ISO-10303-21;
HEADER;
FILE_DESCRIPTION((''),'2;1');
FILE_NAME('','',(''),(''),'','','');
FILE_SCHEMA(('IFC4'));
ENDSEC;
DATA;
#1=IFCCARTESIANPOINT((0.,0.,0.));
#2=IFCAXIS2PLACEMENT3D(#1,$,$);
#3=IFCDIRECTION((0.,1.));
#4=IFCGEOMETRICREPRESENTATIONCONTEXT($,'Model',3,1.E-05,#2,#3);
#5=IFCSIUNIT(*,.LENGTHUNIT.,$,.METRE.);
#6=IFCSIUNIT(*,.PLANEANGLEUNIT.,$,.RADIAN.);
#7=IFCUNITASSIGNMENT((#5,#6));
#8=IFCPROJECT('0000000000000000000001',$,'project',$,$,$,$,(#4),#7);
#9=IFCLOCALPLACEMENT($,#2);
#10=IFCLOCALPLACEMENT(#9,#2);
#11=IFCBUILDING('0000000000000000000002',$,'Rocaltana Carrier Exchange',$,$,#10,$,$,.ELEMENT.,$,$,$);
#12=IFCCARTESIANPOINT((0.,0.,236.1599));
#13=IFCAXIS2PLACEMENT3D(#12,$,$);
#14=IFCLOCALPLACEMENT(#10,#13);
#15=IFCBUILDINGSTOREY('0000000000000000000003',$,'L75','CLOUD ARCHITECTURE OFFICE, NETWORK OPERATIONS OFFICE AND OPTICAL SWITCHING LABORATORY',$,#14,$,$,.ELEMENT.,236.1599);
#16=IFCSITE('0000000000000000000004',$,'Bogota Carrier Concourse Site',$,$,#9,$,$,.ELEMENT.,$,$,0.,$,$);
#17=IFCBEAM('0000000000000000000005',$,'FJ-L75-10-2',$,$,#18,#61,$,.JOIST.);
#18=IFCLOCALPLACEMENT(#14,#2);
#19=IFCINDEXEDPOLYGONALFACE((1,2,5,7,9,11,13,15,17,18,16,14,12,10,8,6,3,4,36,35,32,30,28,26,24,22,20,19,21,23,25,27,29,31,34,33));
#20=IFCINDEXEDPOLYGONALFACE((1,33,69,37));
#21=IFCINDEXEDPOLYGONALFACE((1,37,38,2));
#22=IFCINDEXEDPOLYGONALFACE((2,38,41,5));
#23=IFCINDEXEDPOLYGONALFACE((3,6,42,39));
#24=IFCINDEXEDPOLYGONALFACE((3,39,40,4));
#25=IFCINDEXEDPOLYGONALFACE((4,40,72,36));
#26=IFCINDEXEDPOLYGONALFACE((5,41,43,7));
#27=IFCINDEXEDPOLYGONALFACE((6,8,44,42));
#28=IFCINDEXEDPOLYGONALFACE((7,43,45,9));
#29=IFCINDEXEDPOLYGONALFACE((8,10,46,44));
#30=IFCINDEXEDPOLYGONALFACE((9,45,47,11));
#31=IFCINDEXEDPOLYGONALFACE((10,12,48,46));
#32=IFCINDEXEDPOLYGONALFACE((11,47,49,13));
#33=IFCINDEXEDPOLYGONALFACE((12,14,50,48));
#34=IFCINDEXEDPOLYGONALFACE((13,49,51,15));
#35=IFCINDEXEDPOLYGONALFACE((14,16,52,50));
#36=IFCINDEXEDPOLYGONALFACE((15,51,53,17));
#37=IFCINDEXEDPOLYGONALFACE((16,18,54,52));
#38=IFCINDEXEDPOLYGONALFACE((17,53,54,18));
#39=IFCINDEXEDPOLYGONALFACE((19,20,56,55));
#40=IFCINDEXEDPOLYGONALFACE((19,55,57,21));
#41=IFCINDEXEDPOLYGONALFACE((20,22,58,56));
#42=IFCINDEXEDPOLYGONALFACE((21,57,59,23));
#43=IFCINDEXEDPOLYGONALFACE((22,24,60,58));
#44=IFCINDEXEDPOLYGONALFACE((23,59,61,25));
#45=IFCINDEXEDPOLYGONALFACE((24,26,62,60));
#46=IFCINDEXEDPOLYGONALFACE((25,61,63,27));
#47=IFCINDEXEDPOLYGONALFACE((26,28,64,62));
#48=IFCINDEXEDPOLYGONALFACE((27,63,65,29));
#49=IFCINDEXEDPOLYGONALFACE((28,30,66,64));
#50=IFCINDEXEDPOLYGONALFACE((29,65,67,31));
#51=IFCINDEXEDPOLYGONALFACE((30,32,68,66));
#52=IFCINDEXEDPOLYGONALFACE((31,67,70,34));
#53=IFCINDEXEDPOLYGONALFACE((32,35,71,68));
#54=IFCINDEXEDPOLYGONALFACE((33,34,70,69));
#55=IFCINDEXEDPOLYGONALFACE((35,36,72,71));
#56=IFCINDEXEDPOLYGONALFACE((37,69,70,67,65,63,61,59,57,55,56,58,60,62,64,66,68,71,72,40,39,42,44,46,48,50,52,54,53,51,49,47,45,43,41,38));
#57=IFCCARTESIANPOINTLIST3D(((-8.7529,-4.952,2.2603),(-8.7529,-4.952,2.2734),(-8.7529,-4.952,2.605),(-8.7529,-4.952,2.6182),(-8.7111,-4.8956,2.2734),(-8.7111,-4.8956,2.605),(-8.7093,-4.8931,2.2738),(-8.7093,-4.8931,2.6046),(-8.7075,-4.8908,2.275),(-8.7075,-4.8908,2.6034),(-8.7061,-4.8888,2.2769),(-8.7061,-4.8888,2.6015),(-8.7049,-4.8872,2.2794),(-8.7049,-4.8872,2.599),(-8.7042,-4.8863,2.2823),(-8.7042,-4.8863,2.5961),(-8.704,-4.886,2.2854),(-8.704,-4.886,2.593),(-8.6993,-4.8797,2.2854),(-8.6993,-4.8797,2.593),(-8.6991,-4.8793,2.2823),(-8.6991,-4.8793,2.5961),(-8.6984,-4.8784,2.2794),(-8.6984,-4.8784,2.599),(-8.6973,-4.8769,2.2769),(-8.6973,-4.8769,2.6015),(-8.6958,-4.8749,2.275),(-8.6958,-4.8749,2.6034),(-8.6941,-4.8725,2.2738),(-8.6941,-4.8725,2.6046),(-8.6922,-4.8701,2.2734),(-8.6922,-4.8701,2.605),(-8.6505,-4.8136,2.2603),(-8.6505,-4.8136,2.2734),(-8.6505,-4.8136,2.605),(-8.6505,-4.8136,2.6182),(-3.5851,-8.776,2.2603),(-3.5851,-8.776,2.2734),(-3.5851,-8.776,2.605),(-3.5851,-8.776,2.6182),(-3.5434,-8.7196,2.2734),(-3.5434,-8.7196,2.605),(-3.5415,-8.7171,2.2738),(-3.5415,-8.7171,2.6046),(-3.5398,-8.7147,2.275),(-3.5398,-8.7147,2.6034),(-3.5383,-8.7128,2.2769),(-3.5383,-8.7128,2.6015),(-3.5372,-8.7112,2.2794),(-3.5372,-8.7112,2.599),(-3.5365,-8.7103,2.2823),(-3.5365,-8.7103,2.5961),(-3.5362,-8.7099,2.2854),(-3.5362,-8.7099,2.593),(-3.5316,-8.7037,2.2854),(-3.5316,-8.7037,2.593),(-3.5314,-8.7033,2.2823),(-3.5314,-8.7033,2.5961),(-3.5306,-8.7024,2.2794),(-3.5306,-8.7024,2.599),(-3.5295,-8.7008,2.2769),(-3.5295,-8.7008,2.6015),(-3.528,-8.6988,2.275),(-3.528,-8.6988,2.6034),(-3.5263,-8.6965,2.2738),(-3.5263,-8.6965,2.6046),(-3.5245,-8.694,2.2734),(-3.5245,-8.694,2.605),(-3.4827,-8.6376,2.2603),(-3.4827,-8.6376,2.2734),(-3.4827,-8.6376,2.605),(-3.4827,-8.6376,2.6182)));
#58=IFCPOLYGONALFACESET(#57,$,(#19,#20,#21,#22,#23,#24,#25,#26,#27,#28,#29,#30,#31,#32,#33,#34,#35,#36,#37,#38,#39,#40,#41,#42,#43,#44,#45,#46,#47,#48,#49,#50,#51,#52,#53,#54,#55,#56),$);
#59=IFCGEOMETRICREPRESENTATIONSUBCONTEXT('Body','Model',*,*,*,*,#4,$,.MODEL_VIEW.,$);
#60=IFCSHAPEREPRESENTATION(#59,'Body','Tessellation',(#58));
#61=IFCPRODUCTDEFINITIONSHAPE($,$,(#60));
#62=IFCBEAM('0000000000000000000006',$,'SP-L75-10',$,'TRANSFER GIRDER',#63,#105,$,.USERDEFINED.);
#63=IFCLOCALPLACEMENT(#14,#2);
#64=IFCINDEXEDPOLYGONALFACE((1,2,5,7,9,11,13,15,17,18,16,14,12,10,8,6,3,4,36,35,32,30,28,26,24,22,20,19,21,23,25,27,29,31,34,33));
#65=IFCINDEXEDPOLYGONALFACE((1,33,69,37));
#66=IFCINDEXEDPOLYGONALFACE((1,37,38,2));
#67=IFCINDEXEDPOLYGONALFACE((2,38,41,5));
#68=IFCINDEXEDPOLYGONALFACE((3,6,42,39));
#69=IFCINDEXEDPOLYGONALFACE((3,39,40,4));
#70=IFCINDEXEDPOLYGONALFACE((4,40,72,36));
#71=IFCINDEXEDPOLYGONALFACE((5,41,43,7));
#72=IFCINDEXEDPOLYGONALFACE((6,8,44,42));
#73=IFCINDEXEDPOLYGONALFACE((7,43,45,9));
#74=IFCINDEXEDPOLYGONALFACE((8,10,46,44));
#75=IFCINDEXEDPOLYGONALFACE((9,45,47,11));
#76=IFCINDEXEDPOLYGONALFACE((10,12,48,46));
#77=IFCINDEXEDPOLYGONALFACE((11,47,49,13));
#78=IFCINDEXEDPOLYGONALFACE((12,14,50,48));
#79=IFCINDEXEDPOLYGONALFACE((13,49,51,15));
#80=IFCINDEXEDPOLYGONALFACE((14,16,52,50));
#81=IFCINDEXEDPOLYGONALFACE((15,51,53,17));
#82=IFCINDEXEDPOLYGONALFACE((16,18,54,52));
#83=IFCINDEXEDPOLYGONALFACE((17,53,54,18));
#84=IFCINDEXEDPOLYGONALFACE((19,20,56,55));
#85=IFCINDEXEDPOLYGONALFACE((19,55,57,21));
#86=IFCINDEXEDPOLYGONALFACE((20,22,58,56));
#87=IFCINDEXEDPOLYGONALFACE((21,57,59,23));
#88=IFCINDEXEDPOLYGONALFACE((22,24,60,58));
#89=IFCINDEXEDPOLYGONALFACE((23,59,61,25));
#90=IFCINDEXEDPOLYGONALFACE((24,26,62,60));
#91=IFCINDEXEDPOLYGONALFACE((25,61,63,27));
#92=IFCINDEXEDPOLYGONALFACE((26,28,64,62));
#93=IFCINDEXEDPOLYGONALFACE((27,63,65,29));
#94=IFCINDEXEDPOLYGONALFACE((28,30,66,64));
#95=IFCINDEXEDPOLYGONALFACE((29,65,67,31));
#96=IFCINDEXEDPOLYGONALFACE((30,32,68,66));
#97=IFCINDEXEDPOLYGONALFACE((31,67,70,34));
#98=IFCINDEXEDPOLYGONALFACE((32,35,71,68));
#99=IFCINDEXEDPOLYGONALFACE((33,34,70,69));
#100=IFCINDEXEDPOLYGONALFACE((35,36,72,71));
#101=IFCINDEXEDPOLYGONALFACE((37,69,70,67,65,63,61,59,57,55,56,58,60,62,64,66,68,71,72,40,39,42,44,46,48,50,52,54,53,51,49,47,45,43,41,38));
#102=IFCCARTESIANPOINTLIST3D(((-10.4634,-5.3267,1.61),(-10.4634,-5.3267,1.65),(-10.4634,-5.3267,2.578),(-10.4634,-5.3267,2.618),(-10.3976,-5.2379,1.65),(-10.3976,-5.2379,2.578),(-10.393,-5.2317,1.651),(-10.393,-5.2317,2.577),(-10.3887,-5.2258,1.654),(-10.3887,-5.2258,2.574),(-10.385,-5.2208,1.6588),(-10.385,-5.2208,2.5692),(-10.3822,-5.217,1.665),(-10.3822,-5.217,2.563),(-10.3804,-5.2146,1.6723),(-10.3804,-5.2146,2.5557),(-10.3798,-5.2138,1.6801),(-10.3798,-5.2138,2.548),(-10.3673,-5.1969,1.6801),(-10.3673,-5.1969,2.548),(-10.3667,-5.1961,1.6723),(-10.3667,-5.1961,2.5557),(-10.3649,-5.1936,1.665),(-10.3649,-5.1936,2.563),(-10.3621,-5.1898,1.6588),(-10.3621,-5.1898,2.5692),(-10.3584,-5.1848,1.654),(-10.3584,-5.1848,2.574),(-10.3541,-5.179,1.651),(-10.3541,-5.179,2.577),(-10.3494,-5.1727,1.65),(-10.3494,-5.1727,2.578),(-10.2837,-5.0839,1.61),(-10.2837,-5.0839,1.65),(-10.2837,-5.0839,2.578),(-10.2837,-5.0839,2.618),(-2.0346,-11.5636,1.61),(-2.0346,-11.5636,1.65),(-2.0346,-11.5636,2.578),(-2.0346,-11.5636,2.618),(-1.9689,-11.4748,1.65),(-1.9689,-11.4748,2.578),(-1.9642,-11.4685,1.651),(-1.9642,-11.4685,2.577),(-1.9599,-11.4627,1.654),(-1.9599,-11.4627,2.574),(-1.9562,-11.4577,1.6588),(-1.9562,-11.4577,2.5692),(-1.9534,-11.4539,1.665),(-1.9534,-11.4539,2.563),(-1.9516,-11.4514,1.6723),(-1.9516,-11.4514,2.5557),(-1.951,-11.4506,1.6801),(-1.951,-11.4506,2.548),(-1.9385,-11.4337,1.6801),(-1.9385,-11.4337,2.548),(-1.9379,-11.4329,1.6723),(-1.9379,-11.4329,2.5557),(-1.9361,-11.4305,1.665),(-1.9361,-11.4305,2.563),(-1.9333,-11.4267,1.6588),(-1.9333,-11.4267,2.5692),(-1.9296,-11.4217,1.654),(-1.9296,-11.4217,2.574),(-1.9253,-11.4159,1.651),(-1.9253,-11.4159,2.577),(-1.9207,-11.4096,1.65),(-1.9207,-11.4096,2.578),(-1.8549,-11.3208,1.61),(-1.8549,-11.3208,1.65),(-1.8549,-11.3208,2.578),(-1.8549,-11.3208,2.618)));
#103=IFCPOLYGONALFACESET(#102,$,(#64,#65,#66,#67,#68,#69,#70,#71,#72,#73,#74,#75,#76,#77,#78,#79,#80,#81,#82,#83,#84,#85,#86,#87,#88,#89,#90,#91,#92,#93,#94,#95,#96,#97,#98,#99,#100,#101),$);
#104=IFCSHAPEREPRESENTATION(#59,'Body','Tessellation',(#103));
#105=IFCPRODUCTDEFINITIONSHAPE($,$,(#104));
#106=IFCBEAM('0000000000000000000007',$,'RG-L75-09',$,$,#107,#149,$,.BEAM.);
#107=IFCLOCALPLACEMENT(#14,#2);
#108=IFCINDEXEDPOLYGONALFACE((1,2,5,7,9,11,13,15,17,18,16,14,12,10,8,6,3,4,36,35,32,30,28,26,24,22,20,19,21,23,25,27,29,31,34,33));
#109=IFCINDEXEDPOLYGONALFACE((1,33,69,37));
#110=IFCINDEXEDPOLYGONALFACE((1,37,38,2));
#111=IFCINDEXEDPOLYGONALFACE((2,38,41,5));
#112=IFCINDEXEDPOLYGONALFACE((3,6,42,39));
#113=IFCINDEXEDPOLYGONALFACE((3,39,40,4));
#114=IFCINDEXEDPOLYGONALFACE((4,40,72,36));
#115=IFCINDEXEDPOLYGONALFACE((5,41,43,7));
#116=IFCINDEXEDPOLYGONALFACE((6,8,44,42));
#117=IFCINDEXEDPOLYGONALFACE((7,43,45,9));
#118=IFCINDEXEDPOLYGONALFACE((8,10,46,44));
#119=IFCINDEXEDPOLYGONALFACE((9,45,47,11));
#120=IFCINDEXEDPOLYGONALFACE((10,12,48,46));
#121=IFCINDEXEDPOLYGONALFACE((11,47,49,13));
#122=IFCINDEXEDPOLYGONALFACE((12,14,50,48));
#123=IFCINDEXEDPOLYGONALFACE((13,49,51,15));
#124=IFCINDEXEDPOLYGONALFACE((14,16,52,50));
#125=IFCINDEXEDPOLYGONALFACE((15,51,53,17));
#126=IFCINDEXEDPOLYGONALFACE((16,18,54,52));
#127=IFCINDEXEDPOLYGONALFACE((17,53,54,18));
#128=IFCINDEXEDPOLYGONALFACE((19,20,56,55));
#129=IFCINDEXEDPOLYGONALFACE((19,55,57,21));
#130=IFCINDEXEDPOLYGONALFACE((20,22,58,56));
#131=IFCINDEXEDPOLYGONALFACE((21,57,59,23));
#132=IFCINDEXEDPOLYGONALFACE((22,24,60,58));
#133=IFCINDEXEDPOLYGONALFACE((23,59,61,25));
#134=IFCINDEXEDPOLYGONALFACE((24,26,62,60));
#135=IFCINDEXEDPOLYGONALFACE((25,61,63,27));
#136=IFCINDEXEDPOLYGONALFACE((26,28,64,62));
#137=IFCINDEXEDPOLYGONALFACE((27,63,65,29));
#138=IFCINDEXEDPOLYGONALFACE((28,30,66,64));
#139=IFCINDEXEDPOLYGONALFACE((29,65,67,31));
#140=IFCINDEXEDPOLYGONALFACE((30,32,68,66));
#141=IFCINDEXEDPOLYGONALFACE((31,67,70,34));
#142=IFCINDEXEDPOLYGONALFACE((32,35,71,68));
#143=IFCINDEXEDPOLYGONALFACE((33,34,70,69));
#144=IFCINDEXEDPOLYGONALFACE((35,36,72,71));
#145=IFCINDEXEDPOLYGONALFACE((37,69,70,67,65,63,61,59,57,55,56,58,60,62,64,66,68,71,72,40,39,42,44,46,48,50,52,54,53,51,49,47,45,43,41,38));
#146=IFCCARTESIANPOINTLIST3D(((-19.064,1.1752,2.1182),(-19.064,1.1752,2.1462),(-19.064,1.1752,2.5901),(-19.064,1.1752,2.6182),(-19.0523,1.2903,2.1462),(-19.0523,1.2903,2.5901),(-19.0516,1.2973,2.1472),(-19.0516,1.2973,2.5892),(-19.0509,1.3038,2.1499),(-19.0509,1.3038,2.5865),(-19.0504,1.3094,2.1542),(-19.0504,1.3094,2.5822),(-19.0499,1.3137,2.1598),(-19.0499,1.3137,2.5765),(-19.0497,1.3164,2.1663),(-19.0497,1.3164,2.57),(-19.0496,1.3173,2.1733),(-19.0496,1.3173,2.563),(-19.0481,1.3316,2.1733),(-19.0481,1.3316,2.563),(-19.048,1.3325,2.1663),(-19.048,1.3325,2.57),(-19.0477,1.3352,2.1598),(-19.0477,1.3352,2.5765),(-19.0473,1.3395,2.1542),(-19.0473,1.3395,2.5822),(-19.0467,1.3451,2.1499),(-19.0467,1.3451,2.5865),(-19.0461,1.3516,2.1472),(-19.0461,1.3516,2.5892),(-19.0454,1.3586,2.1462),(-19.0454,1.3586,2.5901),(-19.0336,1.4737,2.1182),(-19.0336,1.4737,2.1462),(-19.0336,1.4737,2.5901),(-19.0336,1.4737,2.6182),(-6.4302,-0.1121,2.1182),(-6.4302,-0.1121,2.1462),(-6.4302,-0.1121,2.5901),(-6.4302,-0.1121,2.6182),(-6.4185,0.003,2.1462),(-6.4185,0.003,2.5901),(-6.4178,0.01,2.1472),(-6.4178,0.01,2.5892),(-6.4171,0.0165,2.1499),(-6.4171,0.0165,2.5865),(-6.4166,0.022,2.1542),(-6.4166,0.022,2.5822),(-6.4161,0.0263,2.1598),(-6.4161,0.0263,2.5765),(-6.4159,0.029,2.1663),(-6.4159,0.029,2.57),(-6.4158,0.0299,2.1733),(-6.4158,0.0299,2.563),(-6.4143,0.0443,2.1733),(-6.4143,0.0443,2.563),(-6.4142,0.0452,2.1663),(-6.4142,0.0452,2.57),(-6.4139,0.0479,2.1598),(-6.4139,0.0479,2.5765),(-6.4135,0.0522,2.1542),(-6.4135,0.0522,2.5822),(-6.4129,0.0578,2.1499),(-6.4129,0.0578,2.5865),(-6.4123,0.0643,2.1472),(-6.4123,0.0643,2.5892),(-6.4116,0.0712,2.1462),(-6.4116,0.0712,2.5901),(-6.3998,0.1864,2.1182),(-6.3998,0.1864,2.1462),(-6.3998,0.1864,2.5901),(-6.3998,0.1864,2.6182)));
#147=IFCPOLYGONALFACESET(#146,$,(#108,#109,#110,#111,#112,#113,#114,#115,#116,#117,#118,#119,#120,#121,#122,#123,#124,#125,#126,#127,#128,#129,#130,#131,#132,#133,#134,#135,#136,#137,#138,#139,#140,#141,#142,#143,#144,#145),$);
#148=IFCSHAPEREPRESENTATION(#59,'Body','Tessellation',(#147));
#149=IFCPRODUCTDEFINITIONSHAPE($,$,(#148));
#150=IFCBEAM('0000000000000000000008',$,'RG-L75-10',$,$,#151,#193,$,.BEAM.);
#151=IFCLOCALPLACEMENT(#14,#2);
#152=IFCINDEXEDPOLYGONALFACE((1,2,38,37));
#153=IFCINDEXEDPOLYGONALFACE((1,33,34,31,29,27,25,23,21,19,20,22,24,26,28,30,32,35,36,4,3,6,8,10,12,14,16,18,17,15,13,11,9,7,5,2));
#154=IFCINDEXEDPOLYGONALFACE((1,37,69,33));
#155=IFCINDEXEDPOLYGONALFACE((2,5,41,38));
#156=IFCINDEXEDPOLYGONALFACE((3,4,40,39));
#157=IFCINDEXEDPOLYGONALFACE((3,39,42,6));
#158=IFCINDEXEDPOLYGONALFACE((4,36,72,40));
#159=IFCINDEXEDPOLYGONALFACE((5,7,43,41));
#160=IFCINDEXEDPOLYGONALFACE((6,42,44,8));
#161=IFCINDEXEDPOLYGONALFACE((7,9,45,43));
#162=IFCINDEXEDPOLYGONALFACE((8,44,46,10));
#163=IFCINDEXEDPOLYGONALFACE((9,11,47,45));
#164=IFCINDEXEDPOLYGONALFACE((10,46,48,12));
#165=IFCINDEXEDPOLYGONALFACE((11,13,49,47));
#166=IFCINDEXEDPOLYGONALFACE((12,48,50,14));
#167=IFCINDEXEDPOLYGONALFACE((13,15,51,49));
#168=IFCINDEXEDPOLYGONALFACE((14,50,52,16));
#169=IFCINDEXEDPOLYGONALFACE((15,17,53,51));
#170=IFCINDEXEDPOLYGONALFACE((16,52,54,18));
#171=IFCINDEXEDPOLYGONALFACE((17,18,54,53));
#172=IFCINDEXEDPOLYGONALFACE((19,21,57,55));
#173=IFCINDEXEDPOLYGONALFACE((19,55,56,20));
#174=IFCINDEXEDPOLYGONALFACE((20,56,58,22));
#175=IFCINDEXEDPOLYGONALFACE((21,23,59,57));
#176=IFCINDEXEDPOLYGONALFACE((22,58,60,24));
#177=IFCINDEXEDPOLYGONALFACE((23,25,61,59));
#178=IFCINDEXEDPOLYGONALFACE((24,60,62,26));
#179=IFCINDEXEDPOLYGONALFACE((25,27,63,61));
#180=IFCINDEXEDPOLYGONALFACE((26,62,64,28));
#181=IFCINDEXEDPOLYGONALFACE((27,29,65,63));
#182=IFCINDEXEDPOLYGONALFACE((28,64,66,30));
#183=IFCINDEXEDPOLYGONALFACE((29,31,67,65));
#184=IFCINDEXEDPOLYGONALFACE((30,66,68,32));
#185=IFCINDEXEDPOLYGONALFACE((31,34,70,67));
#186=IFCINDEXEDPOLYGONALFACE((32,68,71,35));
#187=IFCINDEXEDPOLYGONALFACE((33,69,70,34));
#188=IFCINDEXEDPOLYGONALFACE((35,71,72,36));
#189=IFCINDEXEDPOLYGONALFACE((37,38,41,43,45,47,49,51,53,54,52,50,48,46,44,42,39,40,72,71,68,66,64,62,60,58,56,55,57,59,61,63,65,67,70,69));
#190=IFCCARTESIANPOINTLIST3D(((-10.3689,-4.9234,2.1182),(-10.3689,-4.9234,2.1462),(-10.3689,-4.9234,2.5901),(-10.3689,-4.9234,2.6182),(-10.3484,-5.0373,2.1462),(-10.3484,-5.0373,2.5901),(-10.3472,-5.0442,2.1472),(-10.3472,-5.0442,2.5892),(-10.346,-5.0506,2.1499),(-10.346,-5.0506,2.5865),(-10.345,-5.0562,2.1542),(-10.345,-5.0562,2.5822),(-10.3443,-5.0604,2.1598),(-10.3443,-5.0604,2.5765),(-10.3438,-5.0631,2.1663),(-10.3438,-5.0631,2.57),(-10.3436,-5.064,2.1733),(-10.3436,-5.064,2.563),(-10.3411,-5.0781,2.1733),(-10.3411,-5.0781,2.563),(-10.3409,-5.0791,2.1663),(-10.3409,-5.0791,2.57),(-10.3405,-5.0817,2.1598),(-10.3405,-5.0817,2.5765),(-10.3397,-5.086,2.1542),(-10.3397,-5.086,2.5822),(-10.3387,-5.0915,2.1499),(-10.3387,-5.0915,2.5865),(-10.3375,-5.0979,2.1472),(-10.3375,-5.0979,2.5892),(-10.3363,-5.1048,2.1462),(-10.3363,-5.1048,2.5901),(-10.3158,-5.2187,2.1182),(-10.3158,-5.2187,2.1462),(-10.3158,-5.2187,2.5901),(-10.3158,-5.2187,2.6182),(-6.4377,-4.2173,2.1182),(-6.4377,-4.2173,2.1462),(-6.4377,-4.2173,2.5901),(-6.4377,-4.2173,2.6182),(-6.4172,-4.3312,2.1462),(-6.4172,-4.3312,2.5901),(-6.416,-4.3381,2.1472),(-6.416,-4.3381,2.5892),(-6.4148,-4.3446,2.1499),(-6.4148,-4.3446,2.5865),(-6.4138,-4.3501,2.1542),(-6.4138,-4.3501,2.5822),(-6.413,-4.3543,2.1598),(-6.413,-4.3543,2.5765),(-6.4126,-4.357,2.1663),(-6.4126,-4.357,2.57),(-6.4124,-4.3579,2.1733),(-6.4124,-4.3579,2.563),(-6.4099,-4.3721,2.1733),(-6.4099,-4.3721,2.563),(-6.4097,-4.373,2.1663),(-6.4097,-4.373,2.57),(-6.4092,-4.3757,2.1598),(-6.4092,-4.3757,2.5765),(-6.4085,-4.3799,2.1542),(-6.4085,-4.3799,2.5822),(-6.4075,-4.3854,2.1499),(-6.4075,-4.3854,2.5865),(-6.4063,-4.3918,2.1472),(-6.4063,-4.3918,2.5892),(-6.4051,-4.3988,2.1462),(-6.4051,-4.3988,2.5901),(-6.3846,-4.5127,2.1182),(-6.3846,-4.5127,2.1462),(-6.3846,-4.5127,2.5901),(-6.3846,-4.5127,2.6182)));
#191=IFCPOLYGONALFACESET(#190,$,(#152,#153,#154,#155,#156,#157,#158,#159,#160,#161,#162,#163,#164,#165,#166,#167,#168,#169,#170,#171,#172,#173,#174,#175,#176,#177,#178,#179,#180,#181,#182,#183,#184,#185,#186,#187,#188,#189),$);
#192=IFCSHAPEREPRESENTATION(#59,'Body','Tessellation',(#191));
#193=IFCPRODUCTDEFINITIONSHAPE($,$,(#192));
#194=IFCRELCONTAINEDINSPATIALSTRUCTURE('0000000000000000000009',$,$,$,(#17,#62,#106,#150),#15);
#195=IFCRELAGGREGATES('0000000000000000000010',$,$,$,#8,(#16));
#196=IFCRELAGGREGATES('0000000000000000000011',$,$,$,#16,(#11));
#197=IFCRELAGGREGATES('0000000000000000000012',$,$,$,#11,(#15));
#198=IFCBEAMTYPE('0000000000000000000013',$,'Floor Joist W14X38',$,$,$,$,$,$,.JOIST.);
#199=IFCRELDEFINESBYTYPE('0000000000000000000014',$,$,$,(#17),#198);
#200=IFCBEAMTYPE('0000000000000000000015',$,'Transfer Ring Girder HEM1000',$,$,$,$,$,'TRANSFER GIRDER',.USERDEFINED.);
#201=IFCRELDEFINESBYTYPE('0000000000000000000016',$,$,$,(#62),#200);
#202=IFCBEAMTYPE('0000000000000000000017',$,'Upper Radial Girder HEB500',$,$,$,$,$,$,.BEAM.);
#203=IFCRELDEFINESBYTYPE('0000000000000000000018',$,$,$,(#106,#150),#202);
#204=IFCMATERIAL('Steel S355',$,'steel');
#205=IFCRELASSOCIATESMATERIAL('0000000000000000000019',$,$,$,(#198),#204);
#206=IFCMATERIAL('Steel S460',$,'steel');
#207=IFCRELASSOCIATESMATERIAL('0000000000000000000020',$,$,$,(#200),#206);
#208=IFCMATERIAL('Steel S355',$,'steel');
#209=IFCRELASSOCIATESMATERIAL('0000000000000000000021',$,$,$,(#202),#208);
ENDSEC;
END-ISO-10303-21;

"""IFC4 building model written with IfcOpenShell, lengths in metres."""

from ifc_helpers import new_model, si_unit, direction, frame, origin, origin_2d, place, context, subcontext, project, spatial, i_section, extrude, material, material_profile, profile_set, type_object, element, save


model = new_model("IFC4")

# Units and contexts
model_context = context("Model", 3, precision=1e-05, world=origin(), true_north=direction((0.0, 1.0)))
body_context = subcontext(model_context, "Body", "Model", "MODEL_VIEW")
ifc_project = project(units=[si_unit("LENGTHUNIT", "METRE"), si_unit("PLANEANGLEUNIT", "RADIAN")], contexts=[model_context])

# Site, building, storey
site_placement = place(None, origin())
site = spatial("IfcSite", under=ifc_project, at=site_placement, Name="Bogota Carrier Concourse Site", CompositionType="ELEMENT", RefElevation=0.0)
building_placement = place(site_placement, origin())
building = spatial("IfcBuilding", under=site, at=building_placement, Name="Rocaltana Carrier Exchange", CompositionType="ELEMENT")
storey_placement = place(building_placement, frame((0.0, 0.0, 236.1599)))
storey = spatial("IfcBuildingStorey", under=building, at=storey_placement, Name="L75", Description="CLOUD ARCHITECTURE OFFICE, NETWORK OPERATIONS OFFICE AND OPTICAL SWITCHING LABORATORY", CompositionType="ELEMENT", Elevation=236.1599)

# Beams
ifc_material_1 = material(Name="Steel S355", Category="steel")
ifc_material_profile_1 = material_profile(ifc_material_1, i_section(OverallWidth=0.1721, OverallDepth=0.3579, WebThickness=0.0078, FlangeThickness=0.0132, FilletRadius=0.012, at=origin_2d()), Name="W14X38")
ifc_profile_set_1 = profile_set([ifc_material_profile_1], Name="Steel S355")
beam_type_1 = type_object("IfcBeamType", Name="Floor Joist W14X38", PredefinedType="JOIST", material=ifc_profile_set_1)
beam_1_placement = place(storey_placement, frame((-8.7017, -4.8828, 2.4392), z_axis=(0.803852, -0.594829, 0.0), x_axis=(0.594829, 0.803852, 0.0)))
element("IfcBeam", 1, at=beam_1_placement, inside=storey, type_object=beam_type_1, Name="FJ-L75-10-2", PredefinedType="JOIST", context=body_context, shape_type="SweptSolid", body=[
    extrude(i_section(OverallWidth=0.1721, OverallDepth=0.3579, WebThickness=0.0078, FlangeThickness=0.0132, FilletRadius=0.012, at=origin_2d()), origin(), (0.0, 0.0, 1.0), 6.4287),
])
ifc_material_2 = material(Name="Steel S460", Category="steel")
ifc_material_profile_2 = material_profile(ifc_material_2, i_section(OverallWidth=0.302, OverallDepth=1.0081, WebThickness=0.021, FlangeThickness=0.04, FilletRadius=0.03, at=origin_2d()), Name="HEM1000")
ifc_profile_set_2 = profile_set([ifc_material_profile_2], Name="Steel S460")
beam_type_2 = type_object("IfcBeamType", Name="Transfer Ring Girder HEM1000", ElementType="TRANSFER GIRDER", PredefinedType="USERDEFINED", material=ifc_profile_set_2)
beam_2_placement = place(storey_placement, frame((-10.3735, -5.2053, 2.114), z_axis=(0.803861, -0.594817, 0.0), x_axis=(0.594817, 0.803861, 0.0)))
element("IfcBeam", 2, at=beam_2_placement, inside=storey, type_object=beam_type_2, Name="SP-L75-10", ObjectType="TRANSFER GIRDER", PredefinedType="USERDEFINED", context=body_context, shape_type="SweptSolid", body=[
    extrude(i_section(OverallWidth=0.302, OverallDepth=1.0081, WebThickness=0.021, FlangeThickness=0.04, FilletRadius=0.03, at=origin_2d()), origin(), (0.0, 0.0, 1.0), 10.4854),
])
ifc_material_3 = material(Name="Steel S355", Category="steel")
ifc_material_profile_3 = material_profile(ifc_material_3, i_section(OverallWidth=0.3, OverallDepth=0.5, WebThickness=0.0144, FlangeThickness=0.0281, FilletRadius=0.0271, at=origin_2d()), Name="HEB500")
ifc_profile_set_3 = profile_set([ifc_material_profile_3], Name="Steel S355")
beam_type_3 = type_object("IfcBeamType", Name="Upper Radial Girder HEB500", PredefinedType="BEAM", material=ifc_profile_set_3)
beam_3_placement = place(storey_placement, frame((-6.415, 0.0371, 2.3682), z_axis=(-0.994849, 0.101373, 0.0), x_axis=(-0.101373, -0.994849, 0.0)))
element("IfcBeam", 3, at=beam_3_placement, inside=storey, type_object=beam_type_3, Name="RG-L75-09", PredefinedType="BEAM", context=body_context, shape_type="SweptSolid", body=[
    extrude(i_section(OverallWidth=0.3, OverallDepth=0.5, WebThickness=0.0144, FlangeThickness=0.0281, FilletRadius=0.0271, at=origin_2d()), origin(), (0.0, 0.0, 1.0), 12.6992),
])
beam_4_placement = place(storey_placement, frame((-6.4111, -4.365, 2.3682), z_axis=(-0.984251, -0.176776, 0.0), x_axis=(0.176776, -0.984251, 0.0)))
element("IfcBeam", 4, at=beam_4_placement, inside=storey, type_object=beam_type_3, Name="RG-L75-10", PredefinedType="BEAM", context=body_context, shape_type="SweptSolid", body=[
    extrude(i_section(OverallWidth=0.3, OverallDepth=0.5, WebThickness=0.0144, FlangeThickness=0.0281, FilletRadius=0.0271, at=origin_2d()), origin(), (0.0, 0.0, 1.0), 3.9941),
])

save(model, "model.ifc")
